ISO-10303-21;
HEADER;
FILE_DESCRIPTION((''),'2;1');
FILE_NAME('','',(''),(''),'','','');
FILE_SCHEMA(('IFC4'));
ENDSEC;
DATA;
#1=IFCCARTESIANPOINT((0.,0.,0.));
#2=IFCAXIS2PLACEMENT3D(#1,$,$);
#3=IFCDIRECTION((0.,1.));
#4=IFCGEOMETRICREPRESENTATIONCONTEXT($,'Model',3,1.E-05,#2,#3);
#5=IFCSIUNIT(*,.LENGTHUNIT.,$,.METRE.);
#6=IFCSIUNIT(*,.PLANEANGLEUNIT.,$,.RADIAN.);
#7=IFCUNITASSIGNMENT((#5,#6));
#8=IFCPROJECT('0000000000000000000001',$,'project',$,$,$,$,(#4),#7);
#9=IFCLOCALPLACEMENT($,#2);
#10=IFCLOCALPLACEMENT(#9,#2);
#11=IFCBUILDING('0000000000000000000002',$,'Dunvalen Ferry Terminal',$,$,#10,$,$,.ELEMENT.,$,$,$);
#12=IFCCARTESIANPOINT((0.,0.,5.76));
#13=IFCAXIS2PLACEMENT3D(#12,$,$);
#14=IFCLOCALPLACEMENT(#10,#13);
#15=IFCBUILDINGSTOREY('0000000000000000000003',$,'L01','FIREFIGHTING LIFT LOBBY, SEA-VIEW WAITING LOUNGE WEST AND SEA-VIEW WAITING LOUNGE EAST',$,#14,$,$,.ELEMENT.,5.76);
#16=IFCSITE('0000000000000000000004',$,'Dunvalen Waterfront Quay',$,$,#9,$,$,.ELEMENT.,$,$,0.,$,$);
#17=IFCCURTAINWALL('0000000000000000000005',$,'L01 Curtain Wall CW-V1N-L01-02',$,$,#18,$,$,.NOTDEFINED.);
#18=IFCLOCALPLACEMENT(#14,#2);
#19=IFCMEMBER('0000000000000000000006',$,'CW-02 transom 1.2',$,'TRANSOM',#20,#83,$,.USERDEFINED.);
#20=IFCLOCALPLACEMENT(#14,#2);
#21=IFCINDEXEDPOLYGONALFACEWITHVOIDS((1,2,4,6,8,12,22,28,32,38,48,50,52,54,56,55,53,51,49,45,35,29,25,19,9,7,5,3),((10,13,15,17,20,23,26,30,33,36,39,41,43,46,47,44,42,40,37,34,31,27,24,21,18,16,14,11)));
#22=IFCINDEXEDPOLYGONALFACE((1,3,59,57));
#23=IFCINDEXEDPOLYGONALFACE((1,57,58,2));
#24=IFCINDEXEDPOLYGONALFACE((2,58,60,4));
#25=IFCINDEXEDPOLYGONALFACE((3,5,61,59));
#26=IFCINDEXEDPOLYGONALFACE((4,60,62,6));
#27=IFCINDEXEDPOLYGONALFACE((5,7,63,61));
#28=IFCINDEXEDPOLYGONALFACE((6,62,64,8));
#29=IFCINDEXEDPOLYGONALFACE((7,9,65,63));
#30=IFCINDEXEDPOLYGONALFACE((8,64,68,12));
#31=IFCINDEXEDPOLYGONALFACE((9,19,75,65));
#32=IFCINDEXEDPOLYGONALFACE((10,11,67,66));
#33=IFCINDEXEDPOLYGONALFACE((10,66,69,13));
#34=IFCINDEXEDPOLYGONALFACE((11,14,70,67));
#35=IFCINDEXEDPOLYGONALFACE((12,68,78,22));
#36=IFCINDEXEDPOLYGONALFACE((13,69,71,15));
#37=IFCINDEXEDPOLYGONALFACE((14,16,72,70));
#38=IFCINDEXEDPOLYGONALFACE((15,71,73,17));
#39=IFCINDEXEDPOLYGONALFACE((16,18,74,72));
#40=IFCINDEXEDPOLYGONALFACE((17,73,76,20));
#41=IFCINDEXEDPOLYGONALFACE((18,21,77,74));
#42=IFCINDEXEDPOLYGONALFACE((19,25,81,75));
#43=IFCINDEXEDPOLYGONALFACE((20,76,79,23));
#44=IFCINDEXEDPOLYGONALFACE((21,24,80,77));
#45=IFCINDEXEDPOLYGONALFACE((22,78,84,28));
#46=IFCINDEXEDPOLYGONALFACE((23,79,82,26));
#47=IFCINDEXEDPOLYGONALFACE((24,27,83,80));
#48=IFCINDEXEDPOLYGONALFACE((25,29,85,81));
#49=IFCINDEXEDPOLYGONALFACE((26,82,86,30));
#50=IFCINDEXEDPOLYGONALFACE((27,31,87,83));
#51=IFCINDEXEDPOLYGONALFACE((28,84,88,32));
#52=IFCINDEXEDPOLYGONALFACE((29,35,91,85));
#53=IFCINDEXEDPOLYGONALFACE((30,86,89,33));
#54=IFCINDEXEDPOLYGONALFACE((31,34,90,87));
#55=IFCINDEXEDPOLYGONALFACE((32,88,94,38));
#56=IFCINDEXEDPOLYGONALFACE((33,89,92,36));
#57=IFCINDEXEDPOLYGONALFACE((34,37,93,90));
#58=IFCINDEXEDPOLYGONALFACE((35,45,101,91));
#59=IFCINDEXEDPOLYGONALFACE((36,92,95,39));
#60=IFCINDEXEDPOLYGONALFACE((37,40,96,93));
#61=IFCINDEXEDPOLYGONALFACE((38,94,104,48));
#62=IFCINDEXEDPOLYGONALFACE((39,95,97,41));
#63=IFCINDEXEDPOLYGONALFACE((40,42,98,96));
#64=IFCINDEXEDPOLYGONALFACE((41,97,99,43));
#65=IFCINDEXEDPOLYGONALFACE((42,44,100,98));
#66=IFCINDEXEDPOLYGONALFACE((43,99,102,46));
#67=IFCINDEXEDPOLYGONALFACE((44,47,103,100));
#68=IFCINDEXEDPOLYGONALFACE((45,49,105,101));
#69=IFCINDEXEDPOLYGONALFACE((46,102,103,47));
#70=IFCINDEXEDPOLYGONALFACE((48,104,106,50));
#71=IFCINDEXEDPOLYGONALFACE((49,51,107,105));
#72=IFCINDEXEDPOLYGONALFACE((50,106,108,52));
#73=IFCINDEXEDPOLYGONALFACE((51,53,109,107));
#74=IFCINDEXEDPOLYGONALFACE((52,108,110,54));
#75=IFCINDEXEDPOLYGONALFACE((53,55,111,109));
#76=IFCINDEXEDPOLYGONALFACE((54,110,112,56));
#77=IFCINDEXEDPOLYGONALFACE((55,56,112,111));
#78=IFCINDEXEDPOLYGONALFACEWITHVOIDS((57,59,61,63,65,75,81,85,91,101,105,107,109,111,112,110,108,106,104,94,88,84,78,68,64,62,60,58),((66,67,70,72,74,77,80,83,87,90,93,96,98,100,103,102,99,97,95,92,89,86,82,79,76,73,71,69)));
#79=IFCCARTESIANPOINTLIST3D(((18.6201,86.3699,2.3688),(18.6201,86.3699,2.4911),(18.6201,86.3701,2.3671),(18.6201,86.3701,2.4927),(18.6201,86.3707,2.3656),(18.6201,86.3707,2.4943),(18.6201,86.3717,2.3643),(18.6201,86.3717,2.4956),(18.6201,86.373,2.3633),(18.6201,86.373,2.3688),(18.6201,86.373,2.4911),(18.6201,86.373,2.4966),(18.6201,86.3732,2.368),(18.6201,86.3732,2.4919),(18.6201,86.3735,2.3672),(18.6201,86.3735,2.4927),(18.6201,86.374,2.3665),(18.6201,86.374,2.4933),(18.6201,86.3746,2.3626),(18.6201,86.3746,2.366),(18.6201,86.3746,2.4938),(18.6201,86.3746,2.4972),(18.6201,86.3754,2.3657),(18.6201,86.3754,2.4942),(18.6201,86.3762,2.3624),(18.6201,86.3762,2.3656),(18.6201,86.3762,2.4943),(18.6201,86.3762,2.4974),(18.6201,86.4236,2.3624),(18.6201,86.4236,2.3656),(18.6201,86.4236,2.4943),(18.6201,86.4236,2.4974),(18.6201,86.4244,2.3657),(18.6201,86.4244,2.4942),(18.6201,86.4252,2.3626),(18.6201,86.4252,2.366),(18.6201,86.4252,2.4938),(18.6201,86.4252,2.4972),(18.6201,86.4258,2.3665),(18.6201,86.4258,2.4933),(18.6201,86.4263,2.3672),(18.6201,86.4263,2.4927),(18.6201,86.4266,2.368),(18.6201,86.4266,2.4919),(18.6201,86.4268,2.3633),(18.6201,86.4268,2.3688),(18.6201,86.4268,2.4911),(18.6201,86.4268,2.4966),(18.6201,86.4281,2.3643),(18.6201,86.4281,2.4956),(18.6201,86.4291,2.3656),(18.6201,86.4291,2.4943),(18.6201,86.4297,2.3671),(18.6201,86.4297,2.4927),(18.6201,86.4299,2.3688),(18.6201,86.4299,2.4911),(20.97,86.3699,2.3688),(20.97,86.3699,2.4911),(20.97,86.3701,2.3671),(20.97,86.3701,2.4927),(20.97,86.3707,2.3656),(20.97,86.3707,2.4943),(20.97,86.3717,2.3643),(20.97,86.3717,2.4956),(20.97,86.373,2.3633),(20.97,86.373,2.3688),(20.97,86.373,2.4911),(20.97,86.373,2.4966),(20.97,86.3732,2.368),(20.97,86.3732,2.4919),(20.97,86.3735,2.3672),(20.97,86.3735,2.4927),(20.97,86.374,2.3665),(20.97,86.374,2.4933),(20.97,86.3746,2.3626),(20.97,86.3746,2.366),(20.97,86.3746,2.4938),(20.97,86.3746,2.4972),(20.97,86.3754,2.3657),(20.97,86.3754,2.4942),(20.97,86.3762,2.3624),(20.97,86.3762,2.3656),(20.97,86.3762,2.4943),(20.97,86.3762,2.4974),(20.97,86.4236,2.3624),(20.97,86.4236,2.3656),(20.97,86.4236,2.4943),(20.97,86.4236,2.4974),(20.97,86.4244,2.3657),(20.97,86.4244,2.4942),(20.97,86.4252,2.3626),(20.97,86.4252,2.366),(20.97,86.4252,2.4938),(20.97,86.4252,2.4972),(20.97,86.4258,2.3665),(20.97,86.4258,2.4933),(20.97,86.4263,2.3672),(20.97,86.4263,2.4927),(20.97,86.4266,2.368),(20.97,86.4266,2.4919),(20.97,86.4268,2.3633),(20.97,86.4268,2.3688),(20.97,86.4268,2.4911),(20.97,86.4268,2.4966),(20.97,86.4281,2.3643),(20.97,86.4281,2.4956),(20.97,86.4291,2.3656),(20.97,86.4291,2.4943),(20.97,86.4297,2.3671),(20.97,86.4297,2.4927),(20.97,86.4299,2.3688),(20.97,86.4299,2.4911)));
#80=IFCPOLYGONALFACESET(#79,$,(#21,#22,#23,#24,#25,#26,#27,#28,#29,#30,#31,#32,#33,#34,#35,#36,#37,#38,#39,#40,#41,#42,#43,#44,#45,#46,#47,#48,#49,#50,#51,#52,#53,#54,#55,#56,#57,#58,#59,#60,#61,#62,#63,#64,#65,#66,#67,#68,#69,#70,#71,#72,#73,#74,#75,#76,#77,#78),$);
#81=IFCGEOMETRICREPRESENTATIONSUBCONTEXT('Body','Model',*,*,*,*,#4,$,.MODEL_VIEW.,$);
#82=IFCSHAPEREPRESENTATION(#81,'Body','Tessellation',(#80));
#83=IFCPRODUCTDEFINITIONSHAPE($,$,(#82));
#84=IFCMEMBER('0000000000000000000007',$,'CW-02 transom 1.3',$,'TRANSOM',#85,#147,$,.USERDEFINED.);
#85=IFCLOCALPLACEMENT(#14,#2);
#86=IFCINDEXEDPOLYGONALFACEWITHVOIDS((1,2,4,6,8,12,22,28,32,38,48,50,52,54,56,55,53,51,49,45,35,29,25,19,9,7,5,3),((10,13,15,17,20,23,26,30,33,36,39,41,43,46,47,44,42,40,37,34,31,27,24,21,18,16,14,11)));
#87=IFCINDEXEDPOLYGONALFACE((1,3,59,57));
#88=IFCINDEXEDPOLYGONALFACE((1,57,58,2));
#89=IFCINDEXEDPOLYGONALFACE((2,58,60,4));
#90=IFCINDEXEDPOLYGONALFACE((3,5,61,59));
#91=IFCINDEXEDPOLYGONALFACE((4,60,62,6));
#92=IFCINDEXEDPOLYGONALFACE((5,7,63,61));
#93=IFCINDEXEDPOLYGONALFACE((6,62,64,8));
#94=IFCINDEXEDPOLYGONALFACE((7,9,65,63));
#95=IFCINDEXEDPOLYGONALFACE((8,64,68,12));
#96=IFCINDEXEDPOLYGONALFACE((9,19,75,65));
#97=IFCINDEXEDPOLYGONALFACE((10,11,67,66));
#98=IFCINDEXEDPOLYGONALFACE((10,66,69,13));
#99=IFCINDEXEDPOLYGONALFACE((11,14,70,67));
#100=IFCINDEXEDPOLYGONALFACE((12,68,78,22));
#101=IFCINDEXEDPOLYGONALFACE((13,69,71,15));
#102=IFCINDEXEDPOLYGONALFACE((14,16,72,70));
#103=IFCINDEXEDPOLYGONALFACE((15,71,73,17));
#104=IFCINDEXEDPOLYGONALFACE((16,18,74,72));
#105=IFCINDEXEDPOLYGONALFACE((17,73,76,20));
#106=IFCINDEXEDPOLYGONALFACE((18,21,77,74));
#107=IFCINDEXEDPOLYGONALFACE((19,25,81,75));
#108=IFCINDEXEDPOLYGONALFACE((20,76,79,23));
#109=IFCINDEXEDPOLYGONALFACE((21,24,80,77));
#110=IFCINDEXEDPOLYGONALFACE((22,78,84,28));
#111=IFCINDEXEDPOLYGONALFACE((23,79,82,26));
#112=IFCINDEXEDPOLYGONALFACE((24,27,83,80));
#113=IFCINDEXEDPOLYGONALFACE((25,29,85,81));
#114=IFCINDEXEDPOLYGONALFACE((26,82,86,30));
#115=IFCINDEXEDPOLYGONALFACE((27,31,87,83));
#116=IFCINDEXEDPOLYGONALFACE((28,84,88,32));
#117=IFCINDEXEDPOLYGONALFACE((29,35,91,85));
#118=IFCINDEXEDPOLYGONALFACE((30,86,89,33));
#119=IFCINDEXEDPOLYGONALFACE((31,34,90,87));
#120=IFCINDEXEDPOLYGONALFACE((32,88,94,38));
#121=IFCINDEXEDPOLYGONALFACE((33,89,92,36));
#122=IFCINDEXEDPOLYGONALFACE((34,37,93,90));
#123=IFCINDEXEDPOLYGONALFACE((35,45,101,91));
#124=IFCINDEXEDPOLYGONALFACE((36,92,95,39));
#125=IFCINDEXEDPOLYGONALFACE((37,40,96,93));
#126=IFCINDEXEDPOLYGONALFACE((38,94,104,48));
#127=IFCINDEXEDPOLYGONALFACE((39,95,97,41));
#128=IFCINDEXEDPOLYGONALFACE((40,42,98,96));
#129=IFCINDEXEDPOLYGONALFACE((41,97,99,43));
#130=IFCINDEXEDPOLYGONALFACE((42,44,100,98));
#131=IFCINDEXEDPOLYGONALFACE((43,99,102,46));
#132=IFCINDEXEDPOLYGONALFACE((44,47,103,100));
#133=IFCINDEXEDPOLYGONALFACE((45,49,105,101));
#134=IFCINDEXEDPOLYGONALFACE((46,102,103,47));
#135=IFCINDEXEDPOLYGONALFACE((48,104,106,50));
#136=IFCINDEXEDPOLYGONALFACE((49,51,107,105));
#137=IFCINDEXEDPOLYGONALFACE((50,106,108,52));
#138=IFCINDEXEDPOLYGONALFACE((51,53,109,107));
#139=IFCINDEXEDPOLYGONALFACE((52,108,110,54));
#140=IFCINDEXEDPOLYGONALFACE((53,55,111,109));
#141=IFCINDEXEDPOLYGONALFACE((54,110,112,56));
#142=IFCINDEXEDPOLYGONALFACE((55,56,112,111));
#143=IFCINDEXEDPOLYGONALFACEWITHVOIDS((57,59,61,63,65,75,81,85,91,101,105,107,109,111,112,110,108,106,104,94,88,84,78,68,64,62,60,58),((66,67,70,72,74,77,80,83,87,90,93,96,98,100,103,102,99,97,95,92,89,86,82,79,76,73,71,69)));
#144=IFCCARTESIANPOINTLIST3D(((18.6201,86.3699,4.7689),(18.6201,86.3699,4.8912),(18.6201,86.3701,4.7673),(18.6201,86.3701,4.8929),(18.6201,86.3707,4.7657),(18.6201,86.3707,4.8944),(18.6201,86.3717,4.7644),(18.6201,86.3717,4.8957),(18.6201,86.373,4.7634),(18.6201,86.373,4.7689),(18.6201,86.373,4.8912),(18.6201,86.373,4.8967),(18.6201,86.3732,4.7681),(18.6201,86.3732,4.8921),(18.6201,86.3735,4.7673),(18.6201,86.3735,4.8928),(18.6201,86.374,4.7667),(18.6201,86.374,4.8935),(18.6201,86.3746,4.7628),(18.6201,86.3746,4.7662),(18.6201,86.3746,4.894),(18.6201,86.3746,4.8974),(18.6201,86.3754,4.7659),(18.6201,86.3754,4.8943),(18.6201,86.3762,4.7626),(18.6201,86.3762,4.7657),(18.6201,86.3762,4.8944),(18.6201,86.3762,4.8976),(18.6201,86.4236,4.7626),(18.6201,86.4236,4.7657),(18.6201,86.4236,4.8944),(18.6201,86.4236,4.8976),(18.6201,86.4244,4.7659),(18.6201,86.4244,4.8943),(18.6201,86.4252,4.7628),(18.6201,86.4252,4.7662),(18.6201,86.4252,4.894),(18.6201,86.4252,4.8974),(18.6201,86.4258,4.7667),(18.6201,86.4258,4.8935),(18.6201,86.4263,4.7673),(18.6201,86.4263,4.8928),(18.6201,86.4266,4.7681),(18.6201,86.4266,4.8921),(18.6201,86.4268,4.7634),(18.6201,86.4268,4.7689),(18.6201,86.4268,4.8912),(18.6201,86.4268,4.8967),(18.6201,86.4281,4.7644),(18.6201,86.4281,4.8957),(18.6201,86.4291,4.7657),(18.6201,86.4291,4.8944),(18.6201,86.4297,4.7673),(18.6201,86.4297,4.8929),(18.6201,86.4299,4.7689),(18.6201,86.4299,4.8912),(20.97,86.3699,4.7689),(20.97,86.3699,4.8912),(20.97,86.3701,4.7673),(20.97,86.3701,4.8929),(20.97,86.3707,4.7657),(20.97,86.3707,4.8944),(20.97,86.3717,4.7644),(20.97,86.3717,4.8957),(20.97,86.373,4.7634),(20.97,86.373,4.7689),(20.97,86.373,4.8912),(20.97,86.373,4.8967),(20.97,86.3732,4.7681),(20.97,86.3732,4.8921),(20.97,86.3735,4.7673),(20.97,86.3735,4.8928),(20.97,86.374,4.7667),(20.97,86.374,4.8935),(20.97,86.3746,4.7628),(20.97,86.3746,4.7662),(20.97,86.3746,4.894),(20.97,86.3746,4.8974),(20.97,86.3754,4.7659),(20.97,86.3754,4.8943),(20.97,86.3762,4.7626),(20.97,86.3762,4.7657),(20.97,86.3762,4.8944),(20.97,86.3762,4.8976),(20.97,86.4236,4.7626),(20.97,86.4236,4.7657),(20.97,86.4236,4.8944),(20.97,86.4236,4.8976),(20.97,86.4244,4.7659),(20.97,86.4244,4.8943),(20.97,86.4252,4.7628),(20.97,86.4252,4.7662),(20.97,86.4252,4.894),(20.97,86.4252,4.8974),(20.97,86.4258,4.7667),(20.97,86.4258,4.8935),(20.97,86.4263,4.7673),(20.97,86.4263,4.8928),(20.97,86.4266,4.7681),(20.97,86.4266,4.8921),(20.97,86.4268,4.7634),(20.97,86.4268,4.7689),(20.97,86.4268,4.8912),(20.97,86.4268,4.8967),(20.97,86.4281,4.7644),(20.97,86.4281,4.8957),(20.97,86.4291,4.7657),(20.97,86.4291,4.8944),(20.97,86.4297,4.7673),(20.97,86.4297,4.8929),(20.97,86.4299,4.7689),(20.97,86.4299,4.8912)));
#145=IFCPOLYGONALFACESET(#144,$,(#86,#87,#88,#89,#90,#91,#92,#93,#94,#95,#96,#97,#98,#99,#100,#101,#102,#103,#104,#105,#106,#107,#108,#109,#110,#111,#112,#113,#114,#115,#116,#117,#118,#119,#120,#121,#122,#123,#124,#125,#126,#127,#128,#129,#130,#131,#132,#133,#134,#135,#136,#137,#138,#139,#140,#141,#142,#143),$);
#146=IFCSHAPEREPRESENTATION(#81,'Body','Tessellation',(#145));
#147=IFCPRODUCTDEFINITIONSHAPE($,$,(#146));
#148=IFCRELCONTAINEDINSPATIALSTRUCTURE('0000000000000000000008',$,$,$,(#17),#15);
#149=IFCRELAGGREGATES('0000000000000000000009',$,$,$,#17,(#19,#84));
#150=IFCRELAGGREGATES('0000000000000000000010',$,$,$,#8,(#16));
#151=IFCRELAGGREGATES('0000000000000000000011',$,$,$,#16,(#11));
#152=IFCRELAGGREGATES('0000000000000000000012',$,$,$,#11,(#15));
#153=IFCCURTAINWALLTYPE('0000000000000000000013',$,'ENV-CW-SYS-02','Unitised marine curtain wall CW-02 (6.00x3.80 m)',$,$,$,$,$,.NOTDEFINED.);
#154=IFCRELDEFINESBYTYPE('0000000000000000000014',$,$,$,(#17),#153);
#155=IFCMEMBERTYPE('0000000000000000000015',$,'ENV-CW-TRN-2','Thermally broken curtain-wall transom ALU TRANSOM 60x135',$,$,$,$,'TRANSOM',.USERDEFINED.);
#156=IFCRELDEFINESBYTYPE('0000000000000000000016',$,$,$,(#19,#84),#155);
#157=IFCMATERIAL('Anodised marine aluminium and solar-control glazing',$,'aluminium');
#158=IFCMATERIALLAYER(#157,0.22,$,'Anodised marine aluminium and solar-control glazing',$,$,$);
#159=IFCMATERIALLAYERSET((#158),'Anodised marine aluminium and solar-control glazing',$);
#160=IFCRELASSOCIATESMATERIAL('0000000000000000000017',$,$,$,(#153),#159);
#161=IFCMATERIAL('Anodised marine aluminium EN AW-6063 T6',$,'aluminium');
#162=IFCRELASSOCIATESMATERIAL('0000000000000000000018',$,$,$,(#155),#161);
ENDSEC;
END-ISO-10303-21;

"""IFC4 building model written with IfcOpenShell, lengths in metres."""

from ifc_helpers import new_model, si_unit, direction, frame, origin, origin_2d, place, context, subcontext, project, spatial, hollow_rectangle, extrude, material, layer, layer_set, material_profile, profile_set, type_object, element, aggregate, save


model = new_model("IFC4")

# Units and contexts
model_context = context("Model", 3, precision=1e-05, world=origin(), true_north=direction((0.0, 1.0)))
body_context = subcontext(model_context, "Body", "Model", "MODEL_VIEW")
ifc_project = project(units=[si_unit("LENGTHUNIT", "METRE"), si_unit("PLANEANGLEUNIT", "RADIAN")], contexts=[model_context])

# Site, building, storey
site_placement = place(None, origin())
site = spatial("IfcSite", under=ifc_project, at=site_placement, Name="Dunvalen Waterfront Quay", CompositionType="ELEMENT", RefElevation=0.0)
building_placement = place(site_placement, origin())
building = spatial("IfcBuilding", under=site, at=building_placement, Name="Dunvalen Ferry Terminal", CompositionType="ELEMENT")
storey_placement = place(building_placement, frame((0.0, 0.0, 5.76)))
storey = spatial("IfcBuildingStorey", under=building, at=storey_placement, Name="L01", Description="FIREFIGHTING LIFT LOBBY, SEA-VIEW WAITING LOUNGE WEST AND SEA-VIEW WAITING LOUNGE EAST", CompositionType="ELEMENT", Elevation=5.76)

# Curtain wall, members
ifc_material_1 = material(Name="Anodised marine aluminium and solar-control glazing", Category="aluminium")
ifc_layer_1 = layer(ifc_material_1, 0.22, Name="Anodised marine aluminium and solar-control glazing")
ifc_layer_set_1 = layer_set([ifc_layer_1], Name="Anodised marine aluminium and solar-control glazing")
curtain_wall_type = type_object("IfcCurtainWallType", Name="ENV-CW-SYS-02", Description="Unitised marine curtain wall CW-02 (6.00x3.80 m)", PredefinedType="NOTDEFINED", material=ifc_layer_set_1)
curtain_wall_placement = place(storey_placement, origin())
curtain_wall = element("IfcCurtainWall", 1, at=curtain_wall_placement, inside=storey, type_object=curtain_wall_type, Name="L01 Curtain Wall CW-V1N-L01-02", PredefinedType="NOTDEFINED")
ifc_material_2 = material(Name="Anodised marine aluminium EN AW-6063 T6", Category="aluminium")
ifc_material_profile_1 = material_profile(ifc_material_2, hollow_rectangle(XDim=0.0601, YDim=0.135, WallThickness=0.0032, InnerFilletRadius=0.0032, OuterFilletRadius=0.0063, at=origin_2d()), Name="Anodised marine aluminium EN AW-6063 T6")
ifc_profile_set_1 = profile_set([ifc_material_profile_1], Name="Anodised marine aluminium EN AW-6063 T6")
member_type_1 = type_object("IfcMemberType", Name="ENV-CW-TRN-2", Description="Thermally broken curtain-wall transom ALU TRANSOM 60x135", ElementType="TRANSOM", PredefinedType="USERDEFINED", material=ifc_profile_set_1)
member_1_placement = place(storey_placement, frame((18.6201, 86.3999, 2.4299), z_axis=(1.0, 0.0, 0.0), x_axis=(0.0, 1.0, 0.0)))
member_1 = element("IfcMember", 2, at=member_1_placement, type_object=member_type_1, Name="CW-02 transom 1.2", ObjectType="TRANSOM", PredefinedType="USERDEFINED", context=body_context, shape_type="SweptSolid", body=[
    extrude(hollow_rectangle(XDim=0.0601, YDim=0.135, WallThickness=0.0032, InnerFilletRadius=0.0032, OuterFilletRadius=0.0063, at=origin_2d()), origin(), (0.0, 0.0, 1.0), 2.3499),
])
member_2_placement = place(storey_placement, frame((18.6201, 86.3999, 4.8301), z_axis=(1.0, 0.0, 0.0), x_axis=(0.0, 1.0, 0.0)))
member_2 = element("IfcMember", 3, at=member_2_placement, type_object=member_type_1, Name="CW-02 transom 1.3", ObjectType="TRANSOM", PredefinedType="USERDEFINED", context=body_context, shape_type="SweptSolid", body=[
    extrude(hollow_rectangle(XDim=0.0601, YDim=0.135, WallThickness=0.0032, InnerFilletRadius=0.0032, OuterFilletRadius=0.0063, at=origin_2d()), origin(), (0.0, 0.0, 1.0), 2.3499),
])

aggregate(curtain_wall, [member_1, member_2])

save(model, "model.ifc")
